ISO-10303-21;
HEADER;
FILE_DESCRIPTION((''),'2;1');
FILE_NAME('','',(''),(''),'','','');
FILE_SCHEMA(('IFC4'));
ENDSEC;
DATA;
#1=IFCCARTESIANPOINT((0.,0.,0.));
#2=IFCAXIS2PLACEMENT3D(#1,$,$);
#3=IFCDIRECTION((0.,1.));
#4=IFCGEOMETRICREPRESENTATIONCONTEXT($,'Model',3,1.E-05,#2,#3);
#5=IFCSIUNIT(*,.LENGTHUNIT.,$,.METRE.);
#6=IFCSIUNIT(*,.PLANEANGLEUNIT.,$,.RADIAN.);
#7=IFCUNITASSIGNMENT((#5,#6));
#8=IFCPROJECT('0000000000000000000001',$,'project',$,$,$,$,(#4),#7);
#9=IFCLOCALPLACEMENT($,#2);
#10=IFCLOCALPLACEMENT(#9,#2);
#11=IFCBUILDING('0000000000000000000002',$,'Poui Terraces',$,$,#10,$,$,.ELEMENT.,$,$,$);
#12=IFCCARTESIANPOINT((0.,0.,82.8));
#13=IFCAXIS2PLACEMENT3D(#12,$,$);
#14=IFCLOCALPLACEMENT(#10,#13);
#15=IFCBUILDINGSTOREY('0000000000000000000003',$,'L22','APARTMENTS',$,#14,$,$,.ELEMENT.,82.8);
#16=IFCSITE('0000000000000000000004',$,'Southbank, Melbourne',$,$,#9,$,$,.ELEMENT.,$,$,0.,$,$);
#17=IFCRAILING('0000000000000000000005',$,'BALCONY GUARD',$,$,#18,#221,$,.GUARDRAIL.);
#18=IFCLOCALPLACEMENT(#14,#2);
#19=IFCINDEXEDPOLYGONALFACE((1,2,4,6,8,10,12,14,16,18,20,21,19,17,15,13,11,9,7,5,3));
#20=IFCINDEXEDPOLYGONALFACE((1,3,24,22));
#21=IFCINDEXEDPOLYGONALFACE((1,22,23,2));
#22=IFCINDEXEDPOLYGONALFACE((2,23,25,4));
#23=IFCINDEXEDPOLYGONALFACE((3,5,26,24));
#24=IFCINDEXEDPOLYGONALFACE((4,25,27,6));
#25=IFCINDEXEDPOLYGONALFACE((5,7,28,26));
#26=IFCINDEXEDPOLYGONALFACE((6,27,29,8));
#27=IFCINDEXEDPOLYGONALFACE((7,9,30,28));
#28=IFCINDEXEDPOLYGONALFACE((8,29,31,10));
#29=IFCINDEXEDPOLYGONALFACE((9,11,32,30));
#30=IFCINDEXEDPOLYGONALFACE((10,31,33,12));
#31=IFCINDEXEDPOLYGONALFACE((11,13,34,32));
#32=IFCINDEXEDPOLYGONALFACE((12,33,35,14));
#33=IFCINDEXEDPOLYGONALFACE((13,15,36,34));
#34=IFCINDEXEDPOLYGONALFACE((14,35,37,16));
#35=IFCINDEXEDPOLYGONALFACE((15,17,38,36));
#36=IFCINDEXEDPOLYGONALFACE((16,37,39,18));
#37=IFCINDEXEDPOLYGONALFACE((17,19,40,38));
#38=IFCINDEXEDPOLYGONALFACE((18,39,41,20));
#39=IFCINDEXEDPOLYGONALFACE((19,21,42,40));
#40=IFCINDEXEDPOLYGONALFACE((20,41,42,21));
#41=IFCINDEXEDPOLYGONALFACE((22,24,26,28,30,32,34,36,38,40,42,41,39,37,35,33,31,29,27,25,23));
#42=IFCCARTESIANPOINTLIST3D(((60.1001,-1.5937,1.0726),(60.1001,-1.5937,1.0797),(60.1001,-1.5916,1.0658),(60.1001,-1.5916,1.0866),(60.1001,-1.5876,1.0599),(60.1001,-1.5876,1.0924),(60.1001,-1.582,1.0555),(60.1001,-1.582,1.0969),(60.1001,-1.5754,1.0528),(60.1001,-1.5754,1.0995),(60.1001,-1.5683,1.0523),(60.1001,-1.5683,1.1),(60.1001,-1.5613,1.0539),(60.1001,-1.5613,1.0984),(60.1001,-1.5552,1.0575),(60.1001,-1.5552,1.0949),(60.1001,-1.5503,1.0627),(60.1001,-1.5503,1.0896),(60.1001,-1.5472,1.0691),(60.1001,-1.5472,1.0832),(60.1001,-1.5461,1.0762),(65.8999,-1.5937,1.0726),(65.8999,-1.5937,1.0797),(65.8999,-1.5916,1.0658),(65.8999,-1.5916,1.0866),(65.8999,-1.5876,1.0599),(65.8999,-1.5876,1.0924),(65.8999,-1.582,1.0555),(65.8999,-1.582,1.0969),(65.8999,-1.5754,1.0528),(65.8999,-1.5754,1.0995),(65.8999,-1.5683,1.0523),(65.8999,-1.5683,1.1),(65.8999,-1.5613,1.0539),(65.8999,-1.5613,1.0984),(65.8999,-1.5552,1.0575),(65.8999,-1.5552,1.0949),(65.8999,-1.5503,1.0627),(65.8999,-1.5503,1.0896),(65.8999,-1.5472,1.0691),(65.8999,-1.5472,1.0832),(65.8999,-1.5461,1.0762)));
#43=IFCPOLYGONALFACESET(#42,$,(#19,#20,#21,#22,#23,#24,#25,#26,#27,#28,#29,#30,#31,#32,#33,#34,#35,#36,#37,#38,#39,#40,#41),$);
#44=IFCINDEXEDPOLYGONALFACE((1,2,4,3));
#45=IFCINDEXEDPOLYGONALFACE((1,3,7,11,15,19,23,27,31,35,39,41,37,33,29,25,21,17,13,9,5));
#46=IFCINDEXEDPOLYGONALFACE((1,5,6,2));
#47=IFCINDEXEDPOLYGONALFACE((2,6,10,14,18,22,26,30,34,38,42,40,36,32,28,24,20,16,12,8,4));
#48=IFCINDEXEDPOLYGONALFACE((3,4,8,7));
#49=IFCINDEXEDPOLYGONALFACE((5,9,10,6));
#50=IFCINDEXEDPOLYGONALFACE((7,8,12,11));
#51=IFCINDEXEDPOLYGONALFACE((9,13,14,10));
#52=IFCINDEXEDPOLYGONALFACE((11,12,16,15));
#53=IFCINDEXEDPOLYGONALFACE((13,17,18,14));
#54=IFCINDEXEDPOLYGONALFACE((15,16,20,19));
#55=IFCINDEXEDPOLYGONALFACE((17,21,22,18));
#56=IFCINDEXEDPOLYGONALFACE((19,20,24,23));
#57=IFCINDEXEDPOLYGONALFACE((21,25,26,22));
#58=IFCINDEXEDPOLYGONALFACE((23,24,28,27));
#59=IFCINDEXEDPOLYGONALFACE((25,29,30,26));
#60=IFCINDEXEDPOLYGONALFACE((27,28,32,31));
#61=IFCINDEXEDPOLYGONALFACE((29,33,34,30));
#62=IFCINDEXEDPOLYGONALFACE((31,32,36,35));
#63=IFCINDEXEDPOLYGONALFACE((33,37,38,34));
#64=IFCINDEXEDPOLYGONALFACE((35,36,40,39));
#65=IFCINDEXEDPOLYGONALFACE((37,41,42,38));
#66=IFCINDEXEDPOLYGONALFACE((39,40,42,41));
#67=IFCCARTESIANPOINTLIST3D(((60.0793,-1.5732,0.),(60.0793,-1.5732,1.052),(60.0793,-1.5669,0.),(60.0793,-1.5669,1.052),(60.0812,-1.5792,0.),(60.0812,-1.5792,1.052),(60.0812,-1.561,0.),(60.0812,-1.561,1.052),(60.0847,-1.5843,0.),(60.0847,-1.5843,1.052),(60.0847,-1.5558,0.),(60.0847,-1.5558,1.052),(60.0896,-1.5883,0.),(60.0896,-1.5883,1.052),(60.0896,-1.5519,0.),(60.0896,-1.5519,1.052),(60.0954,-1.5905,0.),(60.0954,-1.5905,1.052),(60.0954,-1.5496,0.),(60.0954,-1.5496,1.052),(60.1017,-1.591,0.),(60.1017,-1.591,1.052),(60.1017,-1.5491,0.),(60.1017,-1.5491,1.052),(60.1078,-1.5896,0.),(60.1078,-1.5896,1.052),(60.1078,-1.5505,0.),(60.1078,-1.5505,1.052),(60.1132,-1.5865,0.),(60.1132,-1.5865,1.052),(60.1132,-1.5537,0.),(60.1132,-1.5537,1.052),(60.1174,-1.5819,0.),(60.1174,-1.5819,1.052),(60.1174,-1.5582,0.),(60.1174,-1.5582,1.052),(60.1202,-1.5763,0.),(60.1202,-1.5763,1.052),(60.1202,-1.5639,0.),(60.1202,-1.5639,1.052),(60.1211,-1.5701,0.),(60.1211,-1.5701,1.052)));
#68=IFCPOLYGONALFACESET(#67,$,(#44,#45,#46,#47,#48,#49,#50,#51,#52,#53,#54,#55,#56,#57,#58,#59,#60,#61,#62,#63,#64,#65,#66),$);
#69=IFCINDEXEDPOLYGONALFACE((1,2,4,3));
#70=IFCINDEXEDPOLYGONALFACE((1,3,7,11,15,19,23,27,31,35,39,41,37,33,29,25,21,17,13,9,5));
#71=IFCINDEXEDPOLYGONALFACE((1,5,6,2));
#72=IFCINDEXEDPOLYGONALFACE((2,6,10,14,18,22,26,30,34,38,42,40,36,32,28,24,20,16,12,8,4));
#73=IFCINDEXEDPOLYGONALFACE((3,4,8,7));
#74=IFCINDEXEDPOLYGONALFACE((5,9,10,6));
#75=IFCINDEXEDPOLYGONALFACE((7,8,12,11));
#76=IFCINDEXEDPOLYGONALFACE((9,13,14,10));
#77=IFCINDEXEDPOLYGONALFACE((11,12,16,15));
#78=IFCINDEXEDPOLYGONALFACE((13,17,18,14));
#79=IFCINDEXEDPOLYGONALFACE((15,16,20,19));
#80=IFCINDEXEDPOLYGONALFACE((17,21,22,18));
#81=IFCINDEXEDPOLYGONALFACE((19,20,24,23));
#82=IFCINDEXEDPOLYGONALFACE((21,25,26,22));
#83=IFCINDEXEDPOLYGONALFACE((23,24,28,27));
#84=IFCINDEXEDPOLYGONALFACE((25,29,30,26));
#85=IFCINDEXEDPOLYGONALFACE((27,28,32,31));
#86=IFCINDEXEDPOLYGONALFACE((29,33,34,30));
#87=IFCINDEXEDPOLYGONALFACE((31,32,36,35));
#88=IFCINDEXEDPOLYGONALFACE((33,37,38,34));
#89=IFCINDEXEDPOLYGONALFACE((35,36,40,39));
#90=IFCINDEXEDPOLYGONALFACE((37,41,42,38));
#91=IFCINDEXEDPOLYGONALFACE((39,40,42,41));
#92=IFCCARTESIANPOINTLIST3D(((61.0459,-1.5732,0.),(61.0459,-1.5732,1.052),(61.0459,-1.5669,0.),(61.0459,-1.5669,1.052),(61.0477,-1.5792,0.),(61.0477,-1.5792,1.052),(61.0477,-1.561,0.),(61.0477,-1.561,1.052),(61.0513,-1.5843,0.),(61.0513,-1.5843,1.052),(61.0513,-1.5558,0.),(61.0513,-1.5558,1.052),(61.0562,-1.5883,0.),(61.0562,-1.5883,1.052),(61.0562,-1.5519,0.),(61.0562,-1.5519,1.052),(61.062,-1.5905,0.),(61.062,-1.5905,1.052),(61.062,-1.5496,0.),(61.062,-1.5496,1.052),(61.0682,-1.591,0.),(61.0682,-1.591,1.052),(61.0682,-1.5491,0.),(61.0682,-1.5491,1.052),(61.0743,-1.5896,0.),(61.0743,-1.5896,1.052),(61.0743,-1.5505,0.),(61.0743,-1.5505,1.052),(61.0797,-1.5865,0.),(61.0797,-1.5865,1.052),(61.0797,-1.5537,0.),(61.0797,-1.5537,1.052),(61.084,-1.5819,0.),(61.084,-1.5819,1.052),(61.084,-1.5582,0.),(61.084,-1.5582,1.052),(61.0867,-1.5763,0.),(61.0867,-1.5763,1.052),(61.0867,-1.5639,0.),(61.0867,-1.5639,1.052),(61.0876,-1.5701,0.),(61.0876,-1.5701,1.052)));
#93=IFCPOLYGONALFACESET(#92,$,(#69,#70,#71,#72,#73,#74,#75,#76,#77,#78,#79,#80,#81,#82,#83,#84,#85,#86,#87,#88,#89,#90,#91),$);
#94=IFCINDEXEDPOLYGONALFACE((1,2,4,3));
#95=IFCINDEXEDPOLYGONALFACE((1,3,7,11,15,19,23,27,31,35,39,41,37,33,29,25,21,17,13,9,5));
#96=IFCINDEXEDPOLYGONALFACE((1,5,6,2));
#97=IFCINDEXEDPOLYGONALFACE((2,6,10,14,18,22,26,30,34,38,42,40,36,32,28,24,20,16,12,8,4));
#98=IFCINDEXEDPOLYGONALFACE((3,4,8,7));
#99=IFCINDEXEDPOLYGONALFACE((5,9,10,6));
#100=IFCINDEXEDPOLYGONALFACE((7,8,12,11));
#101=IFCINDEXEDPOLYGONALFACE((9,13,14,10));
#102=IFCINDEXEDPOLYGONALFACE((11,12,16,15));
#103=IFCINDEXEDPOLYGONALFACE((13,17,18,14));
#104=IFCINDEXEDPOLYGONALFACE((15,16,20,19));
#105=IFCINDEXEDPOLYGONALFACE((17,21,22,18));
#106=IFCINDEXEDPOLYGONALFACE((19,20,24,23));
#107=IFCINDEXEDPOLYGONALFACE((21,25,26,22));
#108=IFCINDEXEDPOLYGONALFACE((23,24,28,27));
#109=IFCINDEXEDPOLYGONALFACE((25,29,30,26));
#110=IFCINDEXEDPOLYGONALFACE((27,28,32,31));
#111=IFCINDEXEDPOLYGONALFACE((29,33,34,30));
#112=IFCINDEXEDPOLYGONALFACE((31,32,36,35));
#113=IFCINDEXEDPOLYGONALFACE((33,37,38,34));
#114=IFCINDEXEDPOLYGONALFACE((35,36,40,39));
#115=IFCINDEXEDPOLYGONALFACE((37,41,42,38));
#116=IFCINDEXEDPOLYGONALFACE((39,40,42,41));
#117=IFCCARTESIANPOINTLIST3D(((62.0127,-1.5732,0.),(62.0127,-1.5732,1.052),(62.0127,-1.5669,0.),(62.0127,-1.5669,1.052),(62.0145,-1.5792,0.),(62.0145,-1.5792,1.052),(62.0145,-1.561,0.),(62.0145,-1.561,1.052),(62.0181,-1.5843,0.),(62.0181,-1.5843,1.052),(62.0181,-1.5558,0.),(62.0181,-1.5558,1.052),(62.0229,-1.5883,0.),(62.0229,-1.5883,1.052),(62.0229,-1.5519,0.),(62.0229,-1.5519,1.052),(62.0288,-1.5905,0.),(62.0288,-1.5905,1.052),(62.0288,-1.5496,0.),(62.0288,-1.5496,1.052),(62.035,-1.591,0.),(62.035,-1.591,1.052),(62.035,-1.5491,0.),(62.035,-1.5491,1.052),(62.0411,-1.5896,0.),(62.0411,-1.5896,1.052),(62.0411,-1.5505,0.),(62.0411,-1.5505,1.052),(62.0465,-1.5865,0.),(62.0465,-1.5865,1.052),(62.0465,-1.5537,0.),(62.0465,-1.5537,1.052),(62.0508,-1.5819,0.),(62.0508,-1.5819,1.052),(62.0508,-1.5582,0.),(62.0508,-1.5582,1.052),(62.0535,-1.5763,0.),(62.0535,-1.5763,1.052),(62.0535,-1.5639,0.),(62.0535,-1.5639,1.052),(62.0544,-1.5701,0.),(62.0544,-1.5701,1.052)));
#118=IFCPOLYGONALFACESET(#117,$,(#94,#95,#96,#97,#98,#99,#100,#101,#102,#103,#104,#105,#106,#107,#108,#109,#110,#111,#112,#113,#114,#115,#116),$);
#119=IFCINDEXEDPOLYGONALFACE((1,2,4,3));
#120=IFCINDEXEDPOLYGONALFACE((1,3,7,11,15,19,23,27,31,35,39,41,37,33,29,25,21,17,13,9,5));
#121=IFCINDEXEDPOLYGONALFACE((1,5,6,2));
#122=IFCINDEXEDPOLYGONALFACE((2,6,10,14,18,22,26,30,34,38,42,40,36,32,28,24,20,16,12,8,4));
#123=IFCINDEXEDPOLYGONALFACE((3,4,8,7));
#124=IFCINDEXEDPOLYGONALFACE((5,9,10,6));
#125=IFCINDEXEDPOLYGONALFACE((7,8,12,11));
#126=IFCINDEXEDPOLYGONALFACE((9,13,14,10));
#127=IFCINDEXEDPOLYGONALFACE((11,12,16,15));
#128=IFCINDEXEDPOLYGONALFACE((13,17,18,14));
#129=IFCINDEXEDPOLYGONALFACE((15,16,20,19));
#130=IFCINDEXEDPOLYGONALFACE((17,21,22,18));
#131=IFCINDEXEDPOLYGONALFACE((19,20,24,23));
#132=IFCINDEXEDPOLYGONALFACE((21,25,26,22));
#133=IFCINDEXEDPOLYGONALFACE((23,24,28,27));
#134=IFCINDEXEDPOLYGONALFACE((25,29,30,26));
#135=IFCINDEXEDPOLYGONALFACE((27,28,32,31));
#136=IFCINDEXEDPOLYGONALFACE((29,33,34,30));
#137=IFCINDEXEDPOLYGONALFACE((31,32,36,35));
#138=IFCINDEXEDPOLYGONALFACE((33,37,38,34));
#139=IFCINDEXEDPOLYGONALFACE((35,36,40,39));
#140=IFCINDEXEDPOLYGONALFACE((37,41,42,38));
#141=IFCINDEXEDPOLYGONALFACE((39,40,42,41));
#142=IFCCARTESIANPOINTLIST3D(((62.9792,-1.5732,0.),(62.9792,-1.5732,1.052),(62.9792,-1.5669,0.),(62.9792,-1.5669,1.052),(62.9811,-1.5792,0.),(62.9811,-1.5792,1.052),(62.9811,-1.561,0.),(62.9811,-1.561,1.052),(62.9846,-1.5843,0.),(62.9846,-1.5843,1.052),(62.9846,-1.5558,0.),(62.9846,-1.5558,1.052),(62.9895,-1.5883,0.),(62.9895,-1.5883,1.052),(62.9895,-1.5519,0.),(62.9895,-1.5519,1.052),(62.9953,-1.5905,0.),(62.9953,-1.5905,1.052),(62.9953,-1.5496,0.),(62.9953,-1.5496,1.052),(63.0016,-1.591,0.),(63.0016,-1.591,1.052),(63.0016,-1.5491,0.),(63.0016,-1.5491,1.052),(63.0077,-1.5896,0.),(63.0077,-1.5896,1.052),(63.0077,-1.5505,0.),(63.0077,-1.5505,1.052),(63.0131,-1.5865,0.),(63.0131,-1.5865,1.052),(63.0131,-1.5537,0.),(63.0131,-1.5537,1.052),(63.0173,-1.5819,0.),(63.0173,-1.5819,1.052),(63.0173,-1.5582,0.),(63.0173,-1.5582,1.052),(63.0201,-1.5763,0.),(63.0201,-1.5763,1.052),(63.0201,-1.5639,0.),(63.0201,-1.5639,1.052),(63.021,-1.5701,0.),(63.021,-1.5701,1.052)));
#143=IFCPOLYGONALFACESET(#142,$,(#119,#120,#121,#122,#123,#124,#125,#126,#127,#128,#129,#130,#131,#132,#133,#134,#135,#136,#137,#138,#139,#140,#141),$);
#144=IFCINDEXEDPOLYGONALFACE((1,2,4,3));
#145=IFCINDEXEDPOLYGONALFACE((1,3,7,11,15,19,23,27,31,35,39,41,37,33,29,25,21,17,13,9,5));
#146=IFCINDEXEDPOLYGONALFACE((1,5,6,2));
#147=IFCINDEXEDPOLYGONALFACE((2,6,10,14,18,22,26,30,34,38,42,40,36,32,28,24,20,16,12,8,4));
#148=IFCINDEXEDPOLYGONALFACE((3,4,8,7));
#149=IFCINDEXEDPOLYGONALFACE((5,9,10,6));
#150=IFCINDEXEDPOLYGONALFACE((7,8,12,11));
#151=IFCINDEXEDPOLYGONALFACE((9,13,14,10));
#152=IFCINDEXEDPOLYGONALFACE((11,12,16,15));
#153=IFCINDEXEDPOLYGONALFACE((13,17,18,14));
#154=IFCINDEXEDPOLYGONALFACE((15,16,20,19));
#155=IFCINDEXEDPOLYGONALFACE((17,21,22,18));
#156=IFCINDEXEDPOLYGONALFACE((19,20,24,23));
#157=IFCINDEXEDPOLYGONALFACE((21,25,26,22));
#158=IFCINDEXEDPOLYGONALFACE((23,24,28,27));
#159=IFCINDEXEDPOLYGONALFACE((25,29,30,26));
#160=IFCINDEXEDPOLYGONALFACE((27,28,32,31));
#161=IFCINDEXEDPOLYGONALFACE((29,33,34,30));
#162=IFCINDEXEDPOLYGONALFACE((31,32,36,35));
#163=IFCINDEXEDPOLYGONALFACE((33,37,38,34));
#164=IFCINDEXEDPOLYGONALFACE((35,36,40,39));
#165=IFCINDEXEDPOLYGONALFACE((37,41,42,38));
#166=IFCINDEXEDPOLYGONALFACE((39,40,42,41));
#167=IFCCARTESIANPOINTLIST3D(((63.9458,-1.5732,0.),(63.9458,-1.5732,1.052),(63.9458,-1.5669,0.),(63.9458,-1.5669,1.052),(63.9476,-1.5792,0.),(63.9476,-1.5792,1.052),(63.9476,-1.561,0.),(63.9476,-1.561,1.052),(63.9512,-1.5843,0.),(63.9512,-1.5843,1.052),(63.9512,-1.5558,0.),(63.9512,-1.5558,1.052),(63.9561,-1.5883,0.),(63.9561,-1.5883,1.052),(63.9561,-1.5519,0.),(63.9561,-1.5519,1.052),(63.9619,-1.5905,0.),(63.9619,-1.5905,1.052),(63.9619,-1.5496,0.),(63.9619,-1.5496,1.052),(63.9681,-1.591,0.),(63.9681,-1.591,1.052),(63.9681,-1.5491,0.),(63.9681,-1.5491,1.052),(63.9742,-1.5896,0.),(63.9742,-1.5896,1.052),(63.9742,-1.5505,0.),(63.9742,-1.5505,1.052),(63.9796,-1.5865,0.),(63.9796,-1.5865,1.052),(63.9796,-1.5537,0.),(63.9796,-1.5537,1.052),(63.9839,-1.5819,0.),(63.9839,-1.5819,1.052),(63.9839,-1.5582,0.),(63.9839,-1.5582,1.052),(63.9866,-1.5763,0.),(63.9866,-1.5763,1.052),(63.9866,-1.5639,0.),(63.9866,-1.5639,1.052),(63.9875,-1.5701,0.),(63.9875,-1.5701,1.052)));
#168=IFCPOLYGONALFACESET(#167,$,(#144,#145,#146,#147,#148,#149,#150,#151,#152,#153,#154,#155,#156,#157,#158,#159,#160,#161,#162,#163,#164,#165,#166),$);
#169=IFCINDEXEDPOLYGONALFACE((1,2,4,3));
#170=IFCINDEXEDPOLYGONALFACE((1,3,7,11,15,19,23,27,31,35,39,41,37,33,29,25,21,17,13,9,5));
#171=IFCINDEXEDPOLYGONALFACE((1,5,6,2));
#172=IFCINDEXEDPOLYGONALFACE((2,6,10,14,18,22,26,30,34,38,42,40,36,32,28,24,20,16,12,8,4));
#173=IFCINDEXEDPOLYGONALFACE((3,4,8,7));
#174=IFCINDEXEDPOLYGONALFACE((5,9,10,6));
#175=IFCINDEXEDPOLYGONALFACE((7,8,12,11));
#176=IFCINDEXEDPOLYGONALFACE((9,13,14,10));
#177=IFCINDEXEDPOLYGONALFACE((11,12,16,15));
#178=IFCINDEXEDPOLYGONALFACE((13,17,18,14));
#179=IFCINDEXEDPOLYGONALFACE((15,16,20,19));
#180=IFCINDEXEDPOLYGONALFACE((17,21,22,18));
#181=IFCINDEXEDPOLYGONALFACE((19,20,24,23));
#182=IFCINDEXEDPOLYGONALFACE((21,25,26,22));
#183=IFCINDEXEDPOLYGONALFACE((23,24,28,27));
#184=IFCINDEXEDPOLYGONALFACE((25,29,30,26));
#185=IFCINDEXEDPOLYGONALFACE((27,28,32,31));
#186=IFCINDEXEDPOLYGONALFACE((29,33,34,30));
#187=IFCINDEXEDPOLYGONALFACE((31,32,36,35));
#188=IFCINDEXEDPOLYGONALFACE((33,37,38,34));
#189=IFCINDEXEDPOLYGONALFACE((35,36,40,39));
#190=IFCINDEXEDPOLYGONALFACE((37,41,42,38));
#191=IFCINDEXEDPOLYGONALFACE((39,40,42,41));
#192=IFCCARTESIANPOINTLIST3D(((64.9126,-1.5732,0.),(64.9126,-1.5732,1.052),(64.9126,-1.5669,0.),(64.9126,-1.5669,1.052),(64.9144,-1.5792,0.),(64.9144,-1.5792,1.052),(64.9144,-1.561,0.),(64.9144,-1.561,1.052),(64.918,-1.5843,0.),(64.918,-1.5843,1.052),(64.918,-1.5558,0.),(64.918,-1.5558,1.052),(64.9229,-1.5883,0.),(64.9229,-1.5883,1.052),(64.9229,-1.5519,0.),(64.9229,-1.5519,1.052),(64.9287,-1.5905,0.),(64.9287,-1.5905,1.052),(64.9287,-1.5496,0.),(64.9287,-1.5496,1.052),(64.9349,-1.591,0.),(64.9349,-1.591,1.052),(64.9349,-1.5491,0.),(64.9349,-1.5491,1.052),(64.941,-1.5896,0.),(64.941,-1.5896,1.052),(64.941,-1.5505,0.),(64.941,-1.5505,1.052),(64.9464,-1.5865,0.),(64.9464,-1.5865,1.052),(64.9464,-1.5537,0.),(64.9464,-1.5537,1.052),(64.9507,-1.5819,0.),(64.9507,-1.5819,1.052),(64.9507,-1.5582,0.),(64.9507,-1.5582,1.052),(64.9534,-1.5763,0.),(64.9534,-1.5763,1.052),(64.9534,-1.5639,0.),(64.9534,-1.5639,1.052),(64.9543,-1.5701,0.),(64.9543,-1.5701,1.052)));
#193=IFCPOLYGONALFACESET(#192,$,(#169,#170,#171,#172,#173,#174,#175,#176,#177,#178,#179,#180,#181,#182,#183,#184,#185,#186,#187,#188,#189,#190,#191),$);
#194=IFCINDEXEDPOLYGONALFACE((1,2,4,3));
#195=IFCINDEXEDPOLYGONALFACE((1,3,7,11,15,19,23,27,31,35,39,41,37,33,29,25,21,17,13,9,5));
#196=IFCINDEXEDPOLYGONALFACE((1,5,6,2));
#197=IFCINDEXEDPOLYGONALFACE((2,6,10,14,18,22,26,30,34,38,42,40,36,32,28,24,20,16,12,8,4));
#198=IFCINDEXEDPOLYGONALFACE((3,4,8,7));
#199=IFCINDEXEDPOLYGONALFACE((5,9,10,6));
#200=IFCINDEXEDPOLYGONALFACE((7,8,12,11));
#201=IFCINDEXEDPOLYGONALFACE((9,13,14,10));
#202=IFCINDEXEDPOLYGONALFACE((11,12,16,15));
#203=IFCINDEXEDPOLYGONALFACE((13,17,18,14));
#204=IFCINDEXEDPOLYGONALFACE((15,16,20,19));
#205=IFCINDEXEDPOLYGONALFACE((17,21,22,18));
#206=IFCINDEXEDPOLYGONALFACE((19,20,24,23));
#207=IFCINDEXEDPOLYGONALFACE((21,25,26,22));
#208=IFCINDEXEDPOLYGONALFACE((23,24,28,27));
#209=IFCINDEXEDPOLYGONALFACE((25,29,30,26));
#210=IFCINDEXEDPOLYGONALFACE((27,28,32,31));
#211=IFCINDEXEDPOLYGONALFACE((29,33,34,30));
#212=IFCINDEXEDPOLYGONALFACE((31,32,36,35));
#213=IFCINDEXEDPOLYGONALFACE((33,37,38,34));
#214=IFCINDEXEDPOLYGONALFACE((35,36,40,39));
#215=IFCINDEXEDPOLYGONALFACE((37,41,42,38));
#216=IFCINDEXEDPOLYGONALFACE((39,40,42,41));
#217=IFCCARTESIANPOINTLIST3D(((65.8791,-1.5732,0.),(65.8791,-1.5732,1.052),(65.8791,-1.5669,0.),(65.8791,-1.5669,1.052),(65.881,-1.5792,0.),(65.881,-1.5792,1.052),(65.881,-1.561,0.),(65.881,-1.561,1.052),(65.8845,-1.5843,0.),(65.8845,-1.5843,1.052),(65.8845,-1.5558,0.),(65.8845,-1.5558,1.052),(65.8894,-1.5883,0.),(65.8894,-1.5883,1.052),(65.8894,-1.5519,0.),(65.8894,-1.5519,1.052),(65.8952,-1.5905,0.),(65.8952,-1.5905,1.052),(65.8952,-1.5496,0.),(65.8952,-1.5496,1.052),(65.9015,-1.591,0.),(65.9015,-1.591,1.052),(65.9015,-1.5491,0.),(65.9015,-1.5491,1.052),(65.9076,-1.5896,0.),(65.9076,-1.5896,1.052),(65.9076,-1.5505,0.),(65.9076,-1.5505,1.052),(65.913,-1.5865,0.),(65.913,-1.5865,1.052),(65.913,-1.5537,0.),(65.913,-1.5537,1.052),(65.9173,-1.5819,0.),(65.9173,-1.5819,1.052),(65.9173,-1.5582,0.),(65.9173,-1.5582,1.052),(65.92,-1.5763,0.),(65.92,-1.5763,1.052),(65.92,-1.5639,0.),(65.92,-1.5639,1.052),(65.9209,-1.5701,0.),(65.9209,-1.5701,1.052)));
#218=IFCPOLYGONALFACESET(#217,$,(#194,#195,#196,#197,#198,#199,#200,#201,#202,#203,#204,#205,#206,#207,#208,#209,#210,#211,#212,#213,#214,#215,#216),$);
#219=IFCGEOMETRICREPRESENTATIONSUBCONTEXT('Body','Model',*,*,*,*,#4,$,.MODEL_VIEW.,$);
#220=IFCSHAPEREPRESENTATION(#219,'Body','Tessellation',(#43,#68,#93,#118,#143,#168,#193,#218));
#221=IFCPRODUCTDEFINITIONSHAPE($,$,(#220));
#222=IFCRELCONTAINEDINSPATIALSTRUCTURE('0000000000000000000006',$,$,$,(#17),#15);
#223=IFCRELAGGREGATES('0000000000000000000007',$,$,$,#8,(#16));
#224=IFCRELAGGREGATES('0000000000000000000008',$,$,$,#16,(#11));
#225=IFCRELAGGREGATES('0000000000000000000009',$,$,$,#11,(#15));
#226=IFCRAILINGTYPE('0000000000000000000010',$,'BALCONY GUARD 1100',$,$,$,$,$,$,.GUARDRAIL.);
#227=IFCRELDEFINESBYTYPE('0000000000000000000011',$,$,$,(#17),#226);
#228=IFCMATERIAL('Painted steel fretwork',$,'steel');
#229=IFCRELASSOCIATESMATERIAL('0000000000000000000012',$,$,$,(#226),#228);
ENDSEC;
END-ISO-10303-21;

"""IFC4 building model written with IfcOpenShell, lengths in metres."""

from ifc_helpers import new_model, si_unit, direction, frame, origin, origin_2d, place, context, subcontext, project, spatial, circle, extrude, material, type_object, element, save


model = new_model("IFC4")

# Units and contexts
model_context = context("Model", 3, precision=1e-05, world=origin(), true_north=direction((0.0, 1.0)))
body_context = subcontext(model_context, "Body", "Model", "MODEL_VIEW")
ifc_project = project(units=[si_unit("LENGTHUNIT", "METRE"), si_unit("PLANEANGLEUNIT", "RADIAN")], contexts=[model_context])

# Site, building, storey
site_placement = place(None, origin())
site = spatial("IfcSite", under=ifc_project, at=site_placement, Name="Southbank, Melbourne", CompositionType="ELEMENT", RefElevation=0.0)
building_placement = place(site_placement, origin())
building = spatial("IfcBuilding", under=site, at=building_placement, Name="Poui Terraces", CompositionType="ELEMENT")
storey_placement = place(building_placement, frame((0.0, 0.0, 82.8)))
storey = spatial("IfcBuildingStorey", under=building, at=storey_placement, Name="L22", Description="APARTMENTS", CompositionType="ELEMENT", Elevation=82.8)

# Railing
ifc_material_1 = material(Name="Painted steel fretwork", Category="steel")
railing_type = type_object("IfcRailingType", Name="BALCONY GUARD 1100", PredefinedType="GUARDRAIL", material=ifc_material_1)
railing_placement = place(storey_placement, frame((60.1001, -1.5701, 0.0)))
element("IfcRailing", 1, at=railing_placement, inside=storey, type_object=railing_type, Name="BALCONY GUARD", PredefinedType="GUARDRAIL", context=body_context, shape_type="SweptSolid", body=[
    extrude(circle(Radius=0.0239, at=origin_2d()), frame((0.0, 0.0, 1.0762), z_axis=(1.0, 0.0, 0.0), x_axis=(0.0, 1.0, 0.0)), (0.0, 0.0, 1.0), 5.7998),
    extrude(circle(Radius=0.021, at=origin_2d()), origin(), (0.0, 0.0, 1.0), 1.052),
    extrude(circle(Radius=0.021, at=origin_2d()), frame((0.9666, 0.0, 0.0)), (0.0, 0.0, 1.0), 1.052),
    extrude(circle(Radius=0.021, at=origin_2d()), frame((1.9333, 0.0, 0.0)), (0.0, 0.0, 1.0), 1.052),
    extrude(circle(Radius=0.021, at=origin_2d()), frame((2.8999, 0.0, 0.0)), (0.0, 0.0, 1.0), 1.052),
    extrude(circle(Radius=0.021, at=origin_2d()), frame((3.8665, 0.0, 0.0)), (0.0, 0.0, 1.0), 1.052),
    extrude(circle(Radius=0.021, at=origin_2d()), frame((4.8333, 0.0, 0.0)), (0.0, 0.0, 1.0), 1.052),
    extrude(circle(Radius=0.021, at=origin_2d()), frame((5.7998, 0.0, 0.0)), (0.0, 0.0, 1.0), 1.052),
])

save(model, "model.ifc")
